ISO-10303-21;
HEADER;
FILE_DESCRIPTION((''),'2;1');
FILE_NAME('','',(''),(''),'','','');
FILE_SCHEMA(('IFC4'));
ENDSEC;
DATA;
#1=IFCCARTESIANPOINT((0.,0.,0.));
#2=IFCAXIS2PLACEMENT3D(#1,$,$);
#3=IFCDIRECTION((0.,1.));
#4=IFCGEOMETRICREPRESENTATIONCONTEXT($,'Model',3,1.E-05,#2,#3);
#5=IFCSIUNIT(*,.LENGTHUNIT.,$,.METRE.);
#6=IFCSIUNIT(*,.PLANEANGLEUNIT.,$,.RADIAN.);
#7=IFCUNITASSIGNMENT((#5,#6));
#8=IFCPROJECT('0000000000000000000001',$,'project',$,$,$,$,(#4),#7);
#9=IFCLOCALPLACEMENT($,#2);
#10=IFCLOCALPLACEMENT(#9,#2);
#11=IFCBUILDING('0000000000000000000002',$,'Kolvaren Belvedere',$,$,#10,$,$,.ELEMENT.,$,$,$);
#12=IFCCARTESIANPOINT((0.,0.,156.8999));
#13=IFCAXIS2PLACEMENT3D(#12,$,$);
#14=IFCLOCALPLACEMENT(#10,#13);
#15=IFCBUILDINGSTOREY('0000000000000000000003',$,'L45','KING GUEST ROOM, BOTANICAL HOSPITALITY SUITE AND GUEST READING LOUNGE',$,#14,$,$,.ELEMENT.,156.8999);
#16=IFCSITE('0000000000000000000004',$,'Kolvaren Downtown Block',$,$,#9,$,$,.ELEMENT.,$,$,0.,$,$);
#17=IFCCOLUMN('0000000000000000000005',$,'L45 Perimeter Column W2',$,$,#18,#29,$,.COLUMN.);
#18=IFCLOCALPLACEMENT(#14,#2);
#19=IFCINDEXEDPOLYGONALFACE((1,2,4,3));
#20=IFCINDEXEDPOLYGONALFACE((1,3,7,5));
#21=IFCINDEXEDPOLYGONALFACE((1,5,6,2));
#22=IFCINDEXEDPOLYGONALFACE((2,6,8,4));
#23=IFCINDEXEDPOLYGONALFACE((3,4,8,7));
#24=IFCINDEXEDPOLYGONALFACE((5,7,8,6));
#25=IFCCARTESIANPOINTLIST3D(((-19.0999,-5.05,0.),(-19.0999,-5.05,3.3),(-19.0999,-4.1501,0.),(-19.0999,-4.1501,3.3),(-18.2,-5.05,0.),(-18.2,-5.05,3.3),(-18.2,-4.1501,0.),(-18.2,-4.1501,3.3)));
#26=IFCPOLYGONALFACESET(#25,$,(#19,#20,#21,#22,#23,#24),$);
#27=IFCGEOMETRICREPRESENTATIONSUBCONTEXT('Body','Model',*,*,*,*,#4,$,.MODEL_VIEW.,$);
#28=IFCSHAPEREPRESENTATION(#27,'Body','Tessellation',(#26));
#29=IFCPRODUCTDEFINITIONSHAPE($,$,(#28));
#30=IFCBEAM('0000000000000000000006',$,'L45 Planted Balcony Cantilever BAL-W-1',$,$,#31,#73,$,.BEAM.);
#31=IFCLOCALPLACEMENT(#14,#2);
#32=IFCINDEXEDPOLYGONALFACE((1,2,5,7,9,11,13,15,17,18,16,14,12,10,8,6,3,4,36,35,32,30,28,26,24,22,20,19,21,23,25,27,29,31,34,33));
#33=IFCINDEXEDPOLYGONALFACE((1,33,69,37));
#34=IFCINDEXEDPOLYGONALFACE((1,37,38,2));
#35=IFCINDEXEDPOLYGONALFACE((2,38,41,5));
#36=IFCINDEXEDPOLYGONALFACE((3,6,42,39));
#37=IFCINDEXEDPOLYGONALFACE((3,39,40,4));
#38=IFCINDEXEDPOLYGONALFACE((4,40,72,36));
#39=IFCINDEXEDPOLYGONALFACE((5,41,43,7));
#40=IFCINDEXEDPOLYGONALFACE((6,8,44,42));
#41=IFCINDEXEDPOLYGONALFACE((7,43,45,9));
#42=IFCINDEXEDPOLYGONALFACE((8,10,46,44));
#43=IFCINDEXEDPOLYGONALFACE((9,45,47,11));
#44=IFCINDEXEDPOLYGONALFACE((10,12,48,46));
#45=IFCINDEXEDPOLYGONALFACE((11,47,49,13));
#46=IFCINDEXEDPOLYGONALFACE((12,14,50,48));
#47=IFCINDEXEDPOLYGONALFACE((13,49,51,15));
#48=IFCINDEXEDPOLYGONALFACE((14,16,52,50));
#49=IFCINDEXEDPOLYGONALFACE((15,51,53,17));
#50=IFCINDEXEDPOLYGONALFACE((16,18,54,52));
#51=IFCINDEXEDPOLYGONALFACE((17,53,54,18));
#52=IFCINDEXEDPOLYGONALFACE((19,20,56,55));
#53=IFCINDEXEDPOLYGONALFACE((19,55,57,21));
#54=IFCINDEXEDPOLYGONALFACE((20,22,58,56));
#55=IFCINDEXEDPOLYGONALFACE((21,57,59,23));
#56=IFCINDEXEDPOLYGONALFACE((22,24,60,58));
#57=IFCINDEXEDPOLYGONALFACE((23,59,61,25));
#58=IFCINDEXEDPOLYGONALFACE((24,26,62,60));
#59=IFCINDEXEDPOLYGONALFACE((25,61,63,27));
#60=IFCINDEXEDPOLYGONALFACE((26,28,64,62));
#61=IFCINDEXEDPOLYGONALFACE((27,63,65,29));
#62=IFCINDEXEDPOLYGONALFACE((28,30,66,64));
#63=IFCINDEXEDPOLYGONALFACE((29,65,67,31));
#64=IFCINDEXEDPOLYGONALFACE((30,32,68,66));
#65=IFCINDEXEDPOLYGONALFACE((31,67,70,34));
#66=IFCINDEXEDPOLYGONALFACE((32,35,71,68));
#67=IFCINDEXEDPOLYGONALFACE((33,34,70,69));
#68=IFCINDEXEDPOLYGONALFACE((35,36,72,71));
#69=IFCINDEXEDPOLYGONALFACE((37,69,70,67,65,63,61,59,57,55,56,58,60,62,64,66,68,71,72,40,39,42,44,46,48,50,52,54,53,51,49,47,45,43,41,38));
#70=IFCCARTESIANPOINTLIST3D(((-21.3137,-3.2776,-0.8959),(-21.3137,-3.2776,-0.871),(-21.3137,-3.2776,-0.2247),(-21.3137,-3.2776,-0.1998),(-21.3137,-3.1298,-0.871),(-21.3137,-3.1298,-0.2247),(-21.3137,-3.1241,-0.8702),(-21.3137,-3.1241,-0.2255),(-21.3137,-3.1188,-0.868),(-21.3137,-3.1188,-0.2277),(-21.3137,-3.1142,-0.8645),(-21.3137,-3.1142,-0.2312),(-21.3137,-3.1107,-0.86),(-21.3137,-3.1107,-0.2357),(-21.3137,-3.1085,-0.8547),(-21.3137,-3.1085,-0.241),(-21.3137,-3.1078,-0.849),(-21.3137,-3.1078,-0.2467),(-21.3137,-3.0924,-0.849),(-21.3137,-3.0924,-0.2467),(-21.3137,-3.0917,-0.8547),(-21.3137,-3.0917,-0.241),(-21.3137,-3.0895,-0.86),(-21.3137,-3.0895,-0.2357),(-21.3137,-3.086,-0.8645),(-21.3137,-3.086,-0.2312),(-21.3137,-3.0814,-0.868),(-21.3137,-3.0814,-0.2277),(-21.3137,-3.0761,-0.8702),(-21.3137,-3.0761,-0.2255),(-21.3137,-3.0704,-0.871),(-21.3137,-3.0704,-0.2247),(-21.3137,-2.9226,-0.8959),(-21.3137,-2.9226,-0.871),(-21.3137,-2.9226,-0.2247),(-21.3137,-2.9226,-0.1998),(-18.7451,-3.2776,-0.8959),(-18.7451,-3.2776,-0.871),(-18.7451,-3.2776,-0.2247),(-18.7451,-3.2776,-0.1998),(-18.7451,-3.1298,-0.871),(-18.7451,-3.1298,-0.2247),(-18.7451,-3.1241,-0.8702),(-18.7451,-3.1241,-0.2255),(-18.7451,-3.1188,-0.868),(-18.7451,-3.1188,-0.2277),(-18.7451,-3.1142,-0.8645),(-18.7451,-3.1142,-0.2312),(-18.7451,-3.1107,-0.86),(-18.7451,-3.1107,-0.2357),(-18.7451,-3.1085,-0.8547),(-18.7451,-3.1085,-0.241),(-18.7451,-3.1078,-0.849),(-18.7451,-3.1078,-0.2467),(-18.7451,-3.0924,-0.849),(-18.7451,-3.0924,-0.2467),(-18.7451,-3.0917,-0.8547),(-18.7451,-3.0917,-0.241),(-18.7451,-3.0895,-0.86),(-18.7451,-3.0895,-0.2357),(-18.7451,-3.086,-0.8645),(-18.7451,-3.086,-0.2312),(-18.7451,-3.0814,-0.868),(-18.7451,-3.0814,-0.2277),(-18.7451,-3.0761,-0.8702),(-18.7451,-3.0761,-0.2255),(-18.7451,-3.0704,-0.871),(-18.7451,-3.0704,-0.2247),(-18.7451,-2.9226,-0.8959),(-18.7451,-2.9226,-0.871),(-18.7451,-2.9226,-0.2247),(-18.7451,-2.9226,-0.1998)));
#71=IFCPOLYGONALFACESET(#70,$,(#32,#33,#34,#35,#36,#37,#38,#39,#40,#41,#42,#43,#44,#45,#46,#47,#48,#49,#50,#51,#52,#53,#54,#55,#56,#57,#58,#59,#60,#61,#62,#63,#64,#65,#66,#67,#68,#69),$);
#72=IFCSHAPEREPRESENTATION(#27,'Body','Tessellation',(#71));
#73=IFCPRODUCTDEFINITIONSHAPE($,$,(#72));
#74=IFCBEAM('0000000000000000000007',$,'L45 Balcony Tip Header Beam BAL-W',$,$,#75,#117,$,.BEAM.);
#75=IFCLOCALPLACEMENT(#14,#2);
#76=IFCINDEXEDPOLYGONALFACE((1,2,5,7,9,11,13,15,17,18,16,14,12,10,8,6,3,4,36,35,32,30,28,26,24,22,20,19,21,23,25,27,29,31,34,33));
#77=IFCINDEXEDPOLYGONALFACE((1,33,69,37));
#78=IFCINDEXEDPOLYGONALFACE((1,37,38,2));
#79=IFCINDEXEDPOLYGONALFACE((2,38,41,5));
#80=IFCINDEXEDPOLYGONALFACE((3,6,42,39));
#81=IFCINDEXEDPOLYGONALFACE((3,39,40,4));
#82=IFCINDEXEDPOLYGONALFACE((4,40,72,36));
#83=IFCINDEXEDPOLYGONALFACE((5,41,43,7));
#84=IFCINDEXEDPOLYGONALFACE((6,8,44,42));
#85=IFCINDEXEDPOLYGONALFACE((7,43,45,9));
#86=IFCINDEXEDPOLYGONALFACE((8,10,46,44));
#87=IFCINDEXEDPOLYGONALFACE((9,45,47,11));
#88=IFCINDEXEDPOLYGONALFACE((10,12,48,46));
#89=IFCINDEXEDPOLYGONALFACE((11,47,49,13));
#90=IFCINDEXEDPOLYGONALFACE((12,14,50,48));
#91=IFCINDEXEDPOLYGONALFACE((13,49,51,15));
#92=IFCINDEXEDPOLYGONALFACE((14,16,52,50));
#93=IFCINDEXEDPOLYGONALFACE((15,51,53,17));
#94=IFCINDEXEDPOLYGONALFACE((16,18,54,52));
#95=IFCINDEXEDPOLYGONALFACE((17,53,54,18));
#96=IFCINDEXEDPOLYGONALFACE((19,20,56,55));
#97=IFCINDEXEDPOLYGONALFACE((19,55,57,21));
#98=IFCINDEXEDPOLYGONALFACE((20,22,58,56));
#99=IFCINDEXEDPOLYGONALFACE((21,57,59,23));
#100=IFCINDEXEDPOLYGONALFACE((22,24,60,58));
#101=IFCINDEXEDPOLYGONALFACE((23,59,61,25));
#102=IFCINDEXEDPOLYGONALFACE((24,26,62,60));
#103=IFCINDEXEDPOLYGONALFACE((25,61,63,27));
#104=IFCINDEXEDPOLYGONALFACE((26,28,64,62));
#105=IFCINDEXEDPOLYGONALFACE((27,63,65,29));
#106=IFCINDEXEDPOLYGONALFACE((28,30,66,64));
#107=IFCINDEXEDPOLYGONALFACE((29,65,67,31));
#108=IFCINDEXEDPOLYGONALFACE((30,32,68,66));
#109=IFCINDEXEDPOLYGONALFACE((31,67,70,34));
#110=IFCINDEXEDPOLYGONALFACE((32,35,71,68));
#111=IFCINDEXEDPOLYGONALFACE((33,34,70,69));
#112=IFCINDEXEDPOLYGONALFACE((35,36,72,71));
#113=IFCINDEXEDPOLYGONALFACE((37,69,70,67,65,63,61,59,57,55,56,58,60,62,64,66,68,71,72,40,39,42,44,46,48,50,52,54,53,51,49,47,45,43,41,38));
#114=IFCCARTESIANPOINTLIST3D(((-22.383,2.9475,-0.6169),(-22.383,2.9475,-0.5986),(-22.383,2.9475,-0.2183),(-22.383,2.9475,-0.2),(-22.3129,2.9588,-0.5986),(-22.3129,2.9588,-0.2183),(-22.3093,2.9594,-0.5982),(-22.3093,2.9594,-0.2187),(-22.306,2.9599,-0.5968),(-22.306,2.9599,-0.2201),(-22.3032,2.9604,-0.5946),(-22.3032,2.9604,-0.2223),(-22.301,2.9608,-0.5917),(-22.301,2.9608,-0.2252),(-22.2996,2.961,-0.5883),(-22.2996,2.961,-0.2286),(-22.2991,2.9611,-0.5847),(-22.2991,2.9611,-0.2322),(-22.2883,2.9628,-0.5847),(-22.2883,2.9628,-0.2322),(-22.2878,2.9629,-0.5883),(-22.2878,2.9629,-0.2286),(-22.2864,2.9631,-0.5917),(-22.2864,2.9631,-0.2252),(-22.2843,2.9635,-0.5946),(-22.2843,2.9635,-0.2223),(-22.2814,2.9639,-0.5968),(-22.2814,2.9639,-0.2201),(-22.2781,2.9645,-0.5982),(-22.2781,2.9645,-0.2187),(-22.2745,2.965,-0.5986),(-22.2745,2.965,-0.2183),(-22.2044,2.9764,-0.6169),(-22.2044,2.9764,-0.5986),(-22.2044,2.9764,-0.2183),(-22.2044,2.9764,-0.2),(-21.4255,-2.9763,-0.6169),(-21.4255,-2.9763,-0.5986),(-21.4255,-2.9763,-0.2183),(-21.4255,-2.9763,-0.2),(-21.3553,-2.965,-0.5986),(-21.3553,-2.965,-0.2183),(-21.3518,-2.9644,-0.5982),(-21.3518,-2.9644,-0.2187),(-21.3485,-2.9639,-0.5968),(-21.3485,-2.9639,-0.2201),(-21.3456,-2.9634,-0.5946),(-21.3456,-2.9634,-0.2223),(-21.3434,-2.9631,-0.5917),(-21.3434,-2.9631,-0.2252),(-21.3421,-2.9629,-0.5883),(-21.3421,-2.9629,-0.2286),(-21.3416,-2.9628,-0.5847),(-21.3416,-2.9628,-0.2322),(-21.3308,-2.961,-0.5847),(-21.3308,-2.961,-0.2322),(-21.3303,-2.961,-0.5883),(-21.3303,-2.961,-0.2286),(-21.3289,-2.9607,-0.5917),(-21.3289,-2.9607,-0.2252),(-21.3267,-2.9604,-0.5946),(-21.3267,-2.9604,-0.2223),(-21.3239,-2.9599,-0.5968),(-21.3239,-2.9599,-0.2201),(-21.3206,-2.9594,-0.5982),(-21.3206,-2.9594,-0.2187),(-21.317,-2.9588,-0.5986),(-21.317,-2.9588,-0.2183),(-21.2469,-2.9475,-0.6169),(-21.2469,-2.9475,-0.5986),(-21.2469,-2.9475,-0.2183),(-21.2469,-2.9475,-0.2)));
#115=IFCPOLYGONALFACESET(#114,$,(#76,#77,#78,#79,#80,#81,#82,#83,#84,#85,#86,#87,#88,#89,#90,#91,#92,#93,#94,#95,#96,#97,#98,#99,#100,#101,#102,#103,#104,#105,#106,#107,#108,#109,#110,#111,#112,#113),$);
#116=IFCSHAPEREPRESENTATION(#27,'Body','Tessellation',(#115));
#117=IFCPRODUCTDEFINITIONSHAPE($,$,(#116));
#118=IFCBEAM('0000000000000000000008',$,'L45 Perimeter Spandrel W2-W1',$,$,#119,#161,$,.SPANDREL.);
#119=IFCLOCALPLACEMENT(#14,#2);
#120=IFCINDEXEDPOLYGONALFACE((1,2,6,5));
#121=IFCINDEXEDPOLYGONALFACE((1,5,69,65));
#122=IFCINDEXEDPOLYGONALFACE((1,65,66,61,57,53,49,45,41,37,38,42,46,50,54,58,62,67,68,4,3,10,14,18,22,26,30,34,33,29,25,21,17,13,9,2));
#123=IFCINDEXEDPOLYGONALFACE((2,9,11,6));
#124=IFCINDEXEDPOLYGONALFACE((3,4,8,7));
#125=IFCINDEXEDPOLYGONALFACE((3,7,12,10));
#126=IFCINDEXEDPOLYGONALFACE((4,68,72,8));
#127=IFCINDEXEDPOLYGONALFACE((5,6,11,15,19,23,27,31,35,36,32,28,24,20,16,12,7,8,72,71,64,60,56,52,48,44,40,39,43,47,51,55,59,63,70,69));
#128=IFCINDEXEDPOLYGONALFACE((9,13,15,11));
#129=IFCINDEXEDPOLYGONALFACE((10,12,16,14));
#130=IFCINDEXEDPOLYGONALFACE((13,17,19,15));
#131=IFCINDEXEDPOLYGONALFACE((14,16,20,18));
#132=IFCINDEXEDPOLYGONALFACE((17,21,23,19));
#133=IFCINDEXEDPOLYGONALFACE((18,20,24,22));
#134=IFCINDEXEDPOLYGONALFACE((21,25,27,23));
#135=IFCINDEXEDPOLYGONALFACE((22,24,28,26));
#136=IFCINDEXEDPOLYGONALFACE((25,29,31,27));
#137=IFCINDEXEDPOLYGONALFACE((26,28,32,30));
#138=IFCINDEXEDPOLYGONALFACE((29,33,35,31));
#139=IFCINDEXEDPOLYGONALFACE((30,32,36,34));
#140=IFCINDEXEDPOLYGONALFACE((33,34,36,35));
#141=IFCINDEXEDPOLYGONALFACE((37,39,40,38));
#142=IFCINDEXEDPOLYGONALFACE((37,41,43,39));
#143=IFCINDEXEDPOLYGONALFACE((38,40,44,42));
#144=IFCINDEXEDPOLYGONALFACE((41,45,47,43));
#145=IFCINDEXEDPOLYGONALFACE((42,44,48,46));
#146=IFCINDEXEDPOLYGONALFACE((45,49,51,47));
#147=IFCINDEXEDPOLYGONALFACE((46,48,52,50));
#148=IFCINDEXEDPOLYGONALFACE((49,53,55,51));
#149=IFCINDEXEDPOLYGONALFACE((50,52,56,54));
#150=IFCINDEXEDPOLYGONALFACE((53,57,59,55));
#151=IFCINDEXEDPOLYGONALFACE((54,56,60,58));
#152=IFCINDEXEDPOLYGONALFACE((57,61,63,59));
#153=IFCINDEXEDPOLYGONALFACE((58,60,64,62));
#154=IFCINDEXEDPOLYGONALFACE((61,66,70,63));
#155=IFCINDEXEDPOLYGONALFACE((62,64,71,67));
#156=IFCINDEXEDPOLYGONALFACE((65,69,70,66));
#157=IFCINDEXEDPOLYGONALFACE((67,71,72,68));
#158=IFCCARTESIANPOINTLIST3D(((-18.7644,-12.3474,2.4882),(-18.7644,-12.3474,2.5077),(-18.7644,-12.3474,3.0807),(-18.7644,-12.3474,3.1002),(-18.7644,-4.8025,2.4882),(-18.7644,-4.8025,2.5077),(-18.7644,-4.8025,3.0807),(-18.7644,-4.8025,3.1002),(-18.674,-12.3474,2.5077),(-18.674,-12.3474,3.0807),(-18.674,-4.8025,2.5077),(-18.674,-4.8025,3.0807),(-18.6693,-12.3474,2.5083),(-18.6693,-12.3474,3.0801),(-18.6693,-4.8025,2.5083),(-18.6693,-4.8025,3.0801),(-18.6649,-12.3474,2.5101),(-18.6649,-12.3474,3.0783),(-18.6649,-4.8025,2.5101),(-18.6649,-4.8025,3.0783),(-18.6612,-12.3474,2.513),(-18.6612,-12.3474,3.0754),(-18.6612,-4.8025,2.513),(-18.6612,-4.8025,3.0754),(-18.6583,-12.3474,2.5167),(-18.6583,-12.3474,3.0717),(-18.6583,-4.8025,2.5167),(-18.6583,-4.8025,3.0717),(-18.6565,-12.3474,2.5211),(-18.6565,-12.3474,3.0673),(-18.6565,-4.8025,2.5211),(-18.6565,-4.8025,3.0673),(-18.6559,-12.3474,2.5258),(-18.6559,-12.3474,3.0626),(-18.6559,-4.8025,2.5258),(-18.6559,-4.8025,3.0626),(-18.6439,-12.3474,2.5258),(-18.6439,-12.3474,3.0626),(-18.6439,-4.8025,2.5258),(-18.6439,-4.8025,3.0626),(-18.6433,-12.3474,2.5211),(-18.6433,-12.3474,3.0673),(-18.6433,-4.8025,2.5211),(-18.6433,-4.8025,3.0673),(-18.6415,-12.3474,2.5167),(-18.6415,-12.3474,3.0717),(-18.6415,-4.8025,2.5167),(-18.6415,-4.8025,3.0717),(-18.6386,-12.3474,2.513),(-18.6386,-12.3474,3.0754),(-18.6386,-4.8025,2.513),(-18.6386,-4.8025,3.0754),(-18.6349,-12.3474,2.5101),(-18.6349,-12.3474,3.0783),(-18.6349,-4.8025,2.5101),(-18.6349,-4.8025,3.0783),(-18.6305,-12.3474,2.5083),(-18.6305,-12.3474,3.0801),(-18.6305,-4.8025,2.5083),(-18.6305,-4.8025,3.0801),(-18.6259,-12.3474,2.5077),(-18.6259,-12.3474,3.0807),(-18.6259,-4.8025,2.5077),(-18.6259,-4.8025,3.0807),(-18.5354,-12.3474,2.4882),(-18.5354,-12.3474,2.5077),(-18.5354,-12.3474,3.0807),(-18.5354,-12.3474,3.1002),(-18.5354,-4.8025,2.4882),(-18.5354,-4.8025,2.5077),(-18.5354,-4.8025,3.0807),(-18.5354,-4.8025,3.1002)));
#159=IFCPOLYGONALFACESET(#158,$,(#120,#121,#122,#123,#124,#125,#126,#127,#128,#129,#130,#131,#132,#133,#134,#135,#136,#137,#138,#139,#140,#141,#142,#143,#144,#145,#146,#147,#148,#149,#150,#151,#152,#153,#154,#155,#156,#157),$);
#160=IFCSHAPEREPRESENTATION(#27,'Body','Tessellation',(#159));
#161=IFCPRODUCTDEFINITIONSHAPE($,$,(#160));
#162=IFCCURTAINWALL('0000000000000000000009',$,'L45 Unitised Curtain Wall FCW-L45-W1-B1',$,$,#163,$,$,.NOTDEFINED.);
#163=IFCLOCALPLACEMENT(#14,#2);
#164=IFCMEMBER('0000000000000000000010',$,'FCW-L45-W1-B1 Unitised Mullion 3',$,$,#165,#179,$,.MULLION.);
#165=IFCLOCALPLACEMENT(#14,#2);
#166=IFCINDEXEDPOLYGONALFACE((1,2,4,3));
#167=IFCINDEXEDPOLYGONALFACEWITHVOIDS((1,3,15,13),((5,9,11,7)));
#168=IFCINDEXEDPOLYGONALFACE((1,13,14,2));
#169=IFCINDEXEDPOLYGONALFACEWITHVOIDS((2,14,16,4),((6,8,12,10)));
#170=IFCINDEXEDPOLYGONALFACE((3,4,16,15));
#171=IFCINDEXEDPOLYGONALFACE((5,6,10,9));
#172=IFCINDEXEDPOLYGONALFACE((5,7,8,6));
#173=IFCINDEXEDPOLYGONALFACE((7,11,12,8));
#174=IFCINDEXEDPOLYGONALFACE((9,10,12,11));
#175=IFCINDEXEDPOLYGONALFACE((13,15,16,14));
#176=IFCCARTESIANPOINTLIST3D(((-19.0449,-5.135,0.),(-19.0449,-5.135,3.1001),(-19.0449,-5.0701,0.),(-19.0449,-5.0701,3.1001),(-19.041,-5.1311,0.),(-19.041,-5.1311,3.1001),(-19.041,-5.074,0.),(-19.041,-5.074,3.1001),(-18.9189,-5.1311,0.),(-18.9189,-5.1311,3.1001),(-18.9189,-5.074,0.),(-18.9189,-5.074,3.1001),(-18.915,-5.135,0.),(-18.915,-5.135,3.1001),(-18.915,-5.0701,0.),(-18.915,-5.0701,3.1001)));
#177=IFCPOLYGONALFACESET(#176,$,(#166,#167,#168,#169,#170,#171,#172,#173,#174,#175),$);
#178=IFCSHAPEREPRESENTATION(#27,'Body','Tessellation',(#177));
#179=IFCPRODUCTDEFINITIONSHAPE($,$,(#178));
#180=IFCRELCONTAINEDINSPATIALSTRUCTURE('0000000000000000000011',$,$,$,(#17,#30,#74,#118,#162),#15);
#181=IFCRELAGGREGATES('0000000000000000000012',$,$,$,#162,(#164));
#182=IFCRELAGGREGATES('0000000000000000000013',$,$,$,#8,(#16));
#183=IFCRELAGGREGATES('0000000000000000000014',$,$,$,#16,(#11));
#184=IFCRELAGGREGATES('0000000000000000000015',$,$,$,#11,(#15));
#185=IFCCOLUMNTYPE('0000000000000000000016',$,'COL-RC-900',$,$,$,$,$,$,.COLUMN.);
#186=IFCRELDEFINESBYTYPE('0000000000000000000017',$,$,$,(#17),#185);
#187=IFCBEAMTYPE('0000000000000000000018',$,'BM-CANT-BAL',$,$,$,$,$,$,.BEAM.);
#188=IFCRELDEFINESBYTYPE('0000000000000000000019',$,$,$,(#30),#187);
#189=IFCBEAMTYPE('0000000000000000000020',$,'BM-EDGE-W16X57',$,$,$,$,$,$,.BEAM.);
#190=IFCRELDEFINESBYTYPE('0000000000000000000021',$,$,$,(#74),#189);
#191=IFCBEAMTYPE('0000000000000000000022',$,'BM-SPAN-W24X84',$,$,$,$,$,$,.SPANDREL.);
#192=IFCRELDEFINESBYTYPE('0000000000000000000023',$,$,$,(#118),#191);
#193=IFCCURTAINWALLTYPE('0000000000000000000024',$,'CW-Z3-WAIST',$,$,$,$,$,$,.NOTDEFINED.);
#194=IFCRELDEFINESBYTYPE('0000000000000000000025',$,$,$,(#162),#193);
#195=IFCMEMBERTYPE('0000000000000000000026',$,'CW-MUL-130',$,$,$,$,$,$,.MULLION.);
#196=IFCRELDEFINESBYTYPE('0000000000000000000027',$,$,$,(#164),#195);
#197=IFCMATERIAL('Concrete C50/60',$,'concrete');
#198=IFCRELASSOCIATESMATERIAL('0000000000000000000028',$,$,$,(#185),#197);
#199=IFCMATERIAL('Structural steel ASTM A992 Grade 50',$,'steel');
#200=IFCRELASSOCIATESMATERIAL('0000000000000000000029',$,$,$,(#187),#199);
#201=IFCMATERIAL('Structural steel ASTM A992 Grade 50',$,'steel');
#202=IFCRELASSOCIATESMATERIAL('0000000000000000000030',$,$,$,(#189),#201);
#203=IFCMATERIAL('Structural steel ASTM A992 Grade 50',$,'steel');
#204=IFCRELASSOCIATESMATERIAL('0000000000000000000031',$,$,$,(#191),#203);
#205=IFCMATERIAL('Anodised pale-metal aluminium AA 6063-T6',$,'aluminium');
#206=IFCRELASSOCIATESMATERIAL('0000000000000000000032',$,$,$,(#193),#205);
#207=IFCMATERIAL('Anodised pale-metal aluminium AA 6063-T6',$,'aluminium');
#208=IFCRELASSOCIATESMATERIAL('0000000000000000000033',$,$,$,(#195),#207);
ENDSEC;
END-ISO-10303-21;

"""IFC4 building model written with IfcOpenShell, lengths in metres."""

from ifc_helpers import new_model, si_unit, direction, frame, origin, origin_2d, place, context, subcontext, project, spatial, rectangle, hollow_rectangle, i_section, extrude, material, material_profile, profile_set, type_object, element, aggregate, save


model = new_model("IFC4")

# Units and contexts
model_context = context("Model", 3, precision=1e-05, world=origin(), true_north=direction((0.0, 1.0)))
body_context = subcontext(model_context, "Body", "Model", "MODEL_VIEW")
ifc_project = project(units=[si_unit("LENGTHUNIT", "METRE"), si_unit("PLANEANGLEUNIT", "RADIAN")], contexts=[model_context])

# Site, building, storey
site_placement = place(None, origin())
site = spatial("IfcSite", under=ifc_project, at=site_placement, Name="Kolvaren Downtown Block", CompositionType="ELEMENT", RefElevation=0.0)
building_placement = place(site_placement, origin())
building = spatial("IfcBuilding", under=site, at=building_placement, Name="Kolvaren Belvedere", CompositionType="ELEMENT")
storey_placement = place(building_placement, frame((0.0, 0.0, 156.8999)))
storey = spatial("IfcBuildingStorey", under=building, at=storey_placement, Name="L45", Description="KING GUEST ROOM, BOTANICAL HOSPITALITY SUITE AND GUEST READING LOUNGE", CompositionType="ELEMENT", Elevation=156.8999)

# Column
ifc_material_1 = material(Name="Concrete C50/60", Category="concrete")
ifc_material_profile_1 = material_profile(ifc_material_1, rectangle(XDim=0.8999, YDim=0.8999, at=origin_2d()), Name="RC 900X900")
ifc_profile_set_1 = profile_set([ifc_material_profile_1], Name="Concrete C50/60")
column_type = type_object("IfcColumnType", Name="COL-RC-900", PredefinedType="COLUMN", material=ifc_profile_set_1)
column_placement = place(storey_placement, frame((-18.6499, -4.6001, 0.0), z_axis=(0.0, 0.0, 1.0), x_axis=(1.0, 0.0, 0.0)))
element("IfcColumn", 1, at=column_placement, inside=storey, type_object=column_type, Name="L45 Perimeter Column W2", PredefinedType="COLUMN", context=body_context, shape_type="SweptSolid", body=[
    extrude(rectangle(XDim=0.8999, YDim=0.8999, at=origin_2d()), origin(), (0.0, 0.0, 1.0), 3.3),
])

# Beams
ifc_material_2 = material(Name="Structural steel ASTM A992 Grade 50", Category="steel")
ifc_material_profile_2 = material_profile(ifc_material_2, i_section(OverallWidth=0.355, OverallDepth=0.696, WebThickness=0.0154, FlangeThickness=0.0249, FilletRadius=0.022, at=origin_2d()), Name="W27X146")
ifc_profile_set_2 = profile_set([ifc_material_profile_2], Name="Structural steel ASTM A992 Grade 50")
beam_type_1 = type_object("IfcBeamType", Name="BM-CANT-BAL", PredefinedType="BEAM", material=ifc_profile_set_2)
beam_1_placement = place(storey_placement, frame((-18.7451, -3.1001, -0.5479), z_axis=(-1.0, 0.0, 0.0), x_axis=(0.0, -1.0, 0.0)))
element("IfcBeam", 2, at=beam_1_placement, inside=storey, type_object=beam_type_1, Name="L45 Planted Balcony Cantilever BAL-W-1", PredefinedType="BEAM", context=body_context, shape_type="SweptSolid", body=[
    extrude(i_section(OverallWidth=0.355, OverallDepth=0.696, WebThickness=0.0154, FlangeThickness=0.0249, FilletRadius=0.022, at=origin_2d()), origin(), (0.0, 0.0, 1.0), 2.5686),
])
ifc_material_3 = material(Name="Structural steel ASTM A992 Grade 50", Category="steel")
ifc_material_profile_3 = material_profile(ifc_material_3, i_section(OverallWidth=0.1809, OverallDepth=0.417, WebThickness=0.011, FlangeThickness=0.0183, FilletRadius=0.0139, at=origin_2d()), Name="W16X57")
ifc_profile_set_3 = profile_set([ifc_material_profile_3], Name="Structural steel ASTM A992 Grade 50")
beam_type_2 = type_object("IfcBeamType", Name="BM-EDGE-W16X57", PredefinedType="BEAM", material=ifc_profile_set_3)
beam_2_placement = place(storey_placement, frame((-21.3362, -2.9619, -0.4084), z_axis=(-0.159568, 0.987187, 0.0), x_axis=(-0.987187, -0.159568, 0.0)))
element("IfcBeam", 3, at=beam_2_placement, inside=storey, type_object=beam_type_2, Name="L45 Balcony Tip Header Beam BAL-W", PredefinedType="BEAM", context=body_context, shape_type="SweptSolid", body=[
    extrude(i_section(OverallWidth=0.1809, OverallDepth=0.417, WebThickness=0.011, FlangeThickness=0.0183, FilletRadius=0.0139, at=origin_2d()), origin(), (0.0, 0.0, 1.0), 6.0007),
])
ifc_material_4 = material(Name="Structural steel ASTM A992 Grade 50", Category="steel")
ifc_material_profile_4 = material_profile(ifc_material_4, i_section(OverallWidth=0.229, OverallDepth=0.6121, WebThickness=0.012, FlangeThickness=0.0195, FilletRadius=0.0181, at=origin_2d()), Name="W24X84")
ifc_profile_set_4 = profile_set([ifc_material_profile_4], Name="Structural steel ASTM A992 Grade 50")
beam_type_3 = type_object("IfcBeamType", Name="BM-SPAN-W24X84", PredefinedType="SPANDREL", material=ifc_profile_set_4)
beam_3_placement = place(storey_placement, frame((-18.6499, -4.8025, 2.7942), z_axis=(0.0, -1.0, 0.0), x_axis=(1.0, 0.0, 0.0)))
element("IfcBeam", 4, at=beam_3_placement, inside=storey, type_object=beam_type_3, Name="L45 Perimeter Spandrel W2-W1", PredefinedType="SPANDREL", context=body_context, shape_type="SweptSolid", body=[
    extrude(i_section(OverallWidth=0.229, OverallDepth=0.6121, WebThickness=0.012, FlangeThickness=0.0195, FilletRadius=0.0181, at=origin_2d()), origin(), (0.0, 0.0, 1.0), 7.5449),
])

# Curtain wall, member
ifc_material_5 = material(Name="Anodised pale-metal aluminium AA 6063-T6", Category="aluminium")
curtain_wall_type = type_object("IfcCurtainWallType", Name="CW-Z3-WAIST", PredefinedType="NOTDEFINED", material=ifc_material_5)
curtain_wall_1_placement = place(storey_placement, origin())
curtain_wall_1 = element("IfcCurtainWall", 5, at=curtain_wall_1_placement, inside=storey, type_object=curtain_wall_type, Name="L45 Unitised Curtain Wall FCW-L45-W1-B1", PredefinedType="NOTDEFINED")
ifc_material_6 = material(Name="Anodised pale-metal aluminium AA 6063-T6", Category="aluminium")
ifc_material_profile_5 = material_profile(ifc_material_6, hollow_rectangle(XDim=0.0649, YDim=0.1299, WallThickness=0.0039, at=origin_2d()), Name="ALU-MUL-130X65")
ifc_profile_set_5 = profile_set([ifc_material_profile_5], Name="Anodised pale-metal aluminium AA 6063-T6")
member_type_1 = type_object("IfcMemberType", Name="CW-MUL-130", PredefinedType="MULLION", material=ifc_profile_set_5)
member_1_placement = place(storey_placement, frame((-18.98, -5.1025, 0.0), z_axis=(0.0, 0.0, 1.0), x_axis=(0.0, 1.0, 0.0)))
member_1 = element("IfcMember", 6, at=member_1_placement, type_object=member_type_1, Name="FCW-L45-W1-B1 Unitised Mullion 3", PredefinedType="MULLION", context=body_context, shape_type="SweptSolid", body=[
    extrude(hollow_rectangle(XDim=0.0649, YDim=0.1299, WallThickness=0.0039, at=origin_2d()), origin(), (0.0, 0.0, 1.0), 3.1001),
])
aggregate(curtain_wall_1, [member_1])

save(model, "model.ifc")
